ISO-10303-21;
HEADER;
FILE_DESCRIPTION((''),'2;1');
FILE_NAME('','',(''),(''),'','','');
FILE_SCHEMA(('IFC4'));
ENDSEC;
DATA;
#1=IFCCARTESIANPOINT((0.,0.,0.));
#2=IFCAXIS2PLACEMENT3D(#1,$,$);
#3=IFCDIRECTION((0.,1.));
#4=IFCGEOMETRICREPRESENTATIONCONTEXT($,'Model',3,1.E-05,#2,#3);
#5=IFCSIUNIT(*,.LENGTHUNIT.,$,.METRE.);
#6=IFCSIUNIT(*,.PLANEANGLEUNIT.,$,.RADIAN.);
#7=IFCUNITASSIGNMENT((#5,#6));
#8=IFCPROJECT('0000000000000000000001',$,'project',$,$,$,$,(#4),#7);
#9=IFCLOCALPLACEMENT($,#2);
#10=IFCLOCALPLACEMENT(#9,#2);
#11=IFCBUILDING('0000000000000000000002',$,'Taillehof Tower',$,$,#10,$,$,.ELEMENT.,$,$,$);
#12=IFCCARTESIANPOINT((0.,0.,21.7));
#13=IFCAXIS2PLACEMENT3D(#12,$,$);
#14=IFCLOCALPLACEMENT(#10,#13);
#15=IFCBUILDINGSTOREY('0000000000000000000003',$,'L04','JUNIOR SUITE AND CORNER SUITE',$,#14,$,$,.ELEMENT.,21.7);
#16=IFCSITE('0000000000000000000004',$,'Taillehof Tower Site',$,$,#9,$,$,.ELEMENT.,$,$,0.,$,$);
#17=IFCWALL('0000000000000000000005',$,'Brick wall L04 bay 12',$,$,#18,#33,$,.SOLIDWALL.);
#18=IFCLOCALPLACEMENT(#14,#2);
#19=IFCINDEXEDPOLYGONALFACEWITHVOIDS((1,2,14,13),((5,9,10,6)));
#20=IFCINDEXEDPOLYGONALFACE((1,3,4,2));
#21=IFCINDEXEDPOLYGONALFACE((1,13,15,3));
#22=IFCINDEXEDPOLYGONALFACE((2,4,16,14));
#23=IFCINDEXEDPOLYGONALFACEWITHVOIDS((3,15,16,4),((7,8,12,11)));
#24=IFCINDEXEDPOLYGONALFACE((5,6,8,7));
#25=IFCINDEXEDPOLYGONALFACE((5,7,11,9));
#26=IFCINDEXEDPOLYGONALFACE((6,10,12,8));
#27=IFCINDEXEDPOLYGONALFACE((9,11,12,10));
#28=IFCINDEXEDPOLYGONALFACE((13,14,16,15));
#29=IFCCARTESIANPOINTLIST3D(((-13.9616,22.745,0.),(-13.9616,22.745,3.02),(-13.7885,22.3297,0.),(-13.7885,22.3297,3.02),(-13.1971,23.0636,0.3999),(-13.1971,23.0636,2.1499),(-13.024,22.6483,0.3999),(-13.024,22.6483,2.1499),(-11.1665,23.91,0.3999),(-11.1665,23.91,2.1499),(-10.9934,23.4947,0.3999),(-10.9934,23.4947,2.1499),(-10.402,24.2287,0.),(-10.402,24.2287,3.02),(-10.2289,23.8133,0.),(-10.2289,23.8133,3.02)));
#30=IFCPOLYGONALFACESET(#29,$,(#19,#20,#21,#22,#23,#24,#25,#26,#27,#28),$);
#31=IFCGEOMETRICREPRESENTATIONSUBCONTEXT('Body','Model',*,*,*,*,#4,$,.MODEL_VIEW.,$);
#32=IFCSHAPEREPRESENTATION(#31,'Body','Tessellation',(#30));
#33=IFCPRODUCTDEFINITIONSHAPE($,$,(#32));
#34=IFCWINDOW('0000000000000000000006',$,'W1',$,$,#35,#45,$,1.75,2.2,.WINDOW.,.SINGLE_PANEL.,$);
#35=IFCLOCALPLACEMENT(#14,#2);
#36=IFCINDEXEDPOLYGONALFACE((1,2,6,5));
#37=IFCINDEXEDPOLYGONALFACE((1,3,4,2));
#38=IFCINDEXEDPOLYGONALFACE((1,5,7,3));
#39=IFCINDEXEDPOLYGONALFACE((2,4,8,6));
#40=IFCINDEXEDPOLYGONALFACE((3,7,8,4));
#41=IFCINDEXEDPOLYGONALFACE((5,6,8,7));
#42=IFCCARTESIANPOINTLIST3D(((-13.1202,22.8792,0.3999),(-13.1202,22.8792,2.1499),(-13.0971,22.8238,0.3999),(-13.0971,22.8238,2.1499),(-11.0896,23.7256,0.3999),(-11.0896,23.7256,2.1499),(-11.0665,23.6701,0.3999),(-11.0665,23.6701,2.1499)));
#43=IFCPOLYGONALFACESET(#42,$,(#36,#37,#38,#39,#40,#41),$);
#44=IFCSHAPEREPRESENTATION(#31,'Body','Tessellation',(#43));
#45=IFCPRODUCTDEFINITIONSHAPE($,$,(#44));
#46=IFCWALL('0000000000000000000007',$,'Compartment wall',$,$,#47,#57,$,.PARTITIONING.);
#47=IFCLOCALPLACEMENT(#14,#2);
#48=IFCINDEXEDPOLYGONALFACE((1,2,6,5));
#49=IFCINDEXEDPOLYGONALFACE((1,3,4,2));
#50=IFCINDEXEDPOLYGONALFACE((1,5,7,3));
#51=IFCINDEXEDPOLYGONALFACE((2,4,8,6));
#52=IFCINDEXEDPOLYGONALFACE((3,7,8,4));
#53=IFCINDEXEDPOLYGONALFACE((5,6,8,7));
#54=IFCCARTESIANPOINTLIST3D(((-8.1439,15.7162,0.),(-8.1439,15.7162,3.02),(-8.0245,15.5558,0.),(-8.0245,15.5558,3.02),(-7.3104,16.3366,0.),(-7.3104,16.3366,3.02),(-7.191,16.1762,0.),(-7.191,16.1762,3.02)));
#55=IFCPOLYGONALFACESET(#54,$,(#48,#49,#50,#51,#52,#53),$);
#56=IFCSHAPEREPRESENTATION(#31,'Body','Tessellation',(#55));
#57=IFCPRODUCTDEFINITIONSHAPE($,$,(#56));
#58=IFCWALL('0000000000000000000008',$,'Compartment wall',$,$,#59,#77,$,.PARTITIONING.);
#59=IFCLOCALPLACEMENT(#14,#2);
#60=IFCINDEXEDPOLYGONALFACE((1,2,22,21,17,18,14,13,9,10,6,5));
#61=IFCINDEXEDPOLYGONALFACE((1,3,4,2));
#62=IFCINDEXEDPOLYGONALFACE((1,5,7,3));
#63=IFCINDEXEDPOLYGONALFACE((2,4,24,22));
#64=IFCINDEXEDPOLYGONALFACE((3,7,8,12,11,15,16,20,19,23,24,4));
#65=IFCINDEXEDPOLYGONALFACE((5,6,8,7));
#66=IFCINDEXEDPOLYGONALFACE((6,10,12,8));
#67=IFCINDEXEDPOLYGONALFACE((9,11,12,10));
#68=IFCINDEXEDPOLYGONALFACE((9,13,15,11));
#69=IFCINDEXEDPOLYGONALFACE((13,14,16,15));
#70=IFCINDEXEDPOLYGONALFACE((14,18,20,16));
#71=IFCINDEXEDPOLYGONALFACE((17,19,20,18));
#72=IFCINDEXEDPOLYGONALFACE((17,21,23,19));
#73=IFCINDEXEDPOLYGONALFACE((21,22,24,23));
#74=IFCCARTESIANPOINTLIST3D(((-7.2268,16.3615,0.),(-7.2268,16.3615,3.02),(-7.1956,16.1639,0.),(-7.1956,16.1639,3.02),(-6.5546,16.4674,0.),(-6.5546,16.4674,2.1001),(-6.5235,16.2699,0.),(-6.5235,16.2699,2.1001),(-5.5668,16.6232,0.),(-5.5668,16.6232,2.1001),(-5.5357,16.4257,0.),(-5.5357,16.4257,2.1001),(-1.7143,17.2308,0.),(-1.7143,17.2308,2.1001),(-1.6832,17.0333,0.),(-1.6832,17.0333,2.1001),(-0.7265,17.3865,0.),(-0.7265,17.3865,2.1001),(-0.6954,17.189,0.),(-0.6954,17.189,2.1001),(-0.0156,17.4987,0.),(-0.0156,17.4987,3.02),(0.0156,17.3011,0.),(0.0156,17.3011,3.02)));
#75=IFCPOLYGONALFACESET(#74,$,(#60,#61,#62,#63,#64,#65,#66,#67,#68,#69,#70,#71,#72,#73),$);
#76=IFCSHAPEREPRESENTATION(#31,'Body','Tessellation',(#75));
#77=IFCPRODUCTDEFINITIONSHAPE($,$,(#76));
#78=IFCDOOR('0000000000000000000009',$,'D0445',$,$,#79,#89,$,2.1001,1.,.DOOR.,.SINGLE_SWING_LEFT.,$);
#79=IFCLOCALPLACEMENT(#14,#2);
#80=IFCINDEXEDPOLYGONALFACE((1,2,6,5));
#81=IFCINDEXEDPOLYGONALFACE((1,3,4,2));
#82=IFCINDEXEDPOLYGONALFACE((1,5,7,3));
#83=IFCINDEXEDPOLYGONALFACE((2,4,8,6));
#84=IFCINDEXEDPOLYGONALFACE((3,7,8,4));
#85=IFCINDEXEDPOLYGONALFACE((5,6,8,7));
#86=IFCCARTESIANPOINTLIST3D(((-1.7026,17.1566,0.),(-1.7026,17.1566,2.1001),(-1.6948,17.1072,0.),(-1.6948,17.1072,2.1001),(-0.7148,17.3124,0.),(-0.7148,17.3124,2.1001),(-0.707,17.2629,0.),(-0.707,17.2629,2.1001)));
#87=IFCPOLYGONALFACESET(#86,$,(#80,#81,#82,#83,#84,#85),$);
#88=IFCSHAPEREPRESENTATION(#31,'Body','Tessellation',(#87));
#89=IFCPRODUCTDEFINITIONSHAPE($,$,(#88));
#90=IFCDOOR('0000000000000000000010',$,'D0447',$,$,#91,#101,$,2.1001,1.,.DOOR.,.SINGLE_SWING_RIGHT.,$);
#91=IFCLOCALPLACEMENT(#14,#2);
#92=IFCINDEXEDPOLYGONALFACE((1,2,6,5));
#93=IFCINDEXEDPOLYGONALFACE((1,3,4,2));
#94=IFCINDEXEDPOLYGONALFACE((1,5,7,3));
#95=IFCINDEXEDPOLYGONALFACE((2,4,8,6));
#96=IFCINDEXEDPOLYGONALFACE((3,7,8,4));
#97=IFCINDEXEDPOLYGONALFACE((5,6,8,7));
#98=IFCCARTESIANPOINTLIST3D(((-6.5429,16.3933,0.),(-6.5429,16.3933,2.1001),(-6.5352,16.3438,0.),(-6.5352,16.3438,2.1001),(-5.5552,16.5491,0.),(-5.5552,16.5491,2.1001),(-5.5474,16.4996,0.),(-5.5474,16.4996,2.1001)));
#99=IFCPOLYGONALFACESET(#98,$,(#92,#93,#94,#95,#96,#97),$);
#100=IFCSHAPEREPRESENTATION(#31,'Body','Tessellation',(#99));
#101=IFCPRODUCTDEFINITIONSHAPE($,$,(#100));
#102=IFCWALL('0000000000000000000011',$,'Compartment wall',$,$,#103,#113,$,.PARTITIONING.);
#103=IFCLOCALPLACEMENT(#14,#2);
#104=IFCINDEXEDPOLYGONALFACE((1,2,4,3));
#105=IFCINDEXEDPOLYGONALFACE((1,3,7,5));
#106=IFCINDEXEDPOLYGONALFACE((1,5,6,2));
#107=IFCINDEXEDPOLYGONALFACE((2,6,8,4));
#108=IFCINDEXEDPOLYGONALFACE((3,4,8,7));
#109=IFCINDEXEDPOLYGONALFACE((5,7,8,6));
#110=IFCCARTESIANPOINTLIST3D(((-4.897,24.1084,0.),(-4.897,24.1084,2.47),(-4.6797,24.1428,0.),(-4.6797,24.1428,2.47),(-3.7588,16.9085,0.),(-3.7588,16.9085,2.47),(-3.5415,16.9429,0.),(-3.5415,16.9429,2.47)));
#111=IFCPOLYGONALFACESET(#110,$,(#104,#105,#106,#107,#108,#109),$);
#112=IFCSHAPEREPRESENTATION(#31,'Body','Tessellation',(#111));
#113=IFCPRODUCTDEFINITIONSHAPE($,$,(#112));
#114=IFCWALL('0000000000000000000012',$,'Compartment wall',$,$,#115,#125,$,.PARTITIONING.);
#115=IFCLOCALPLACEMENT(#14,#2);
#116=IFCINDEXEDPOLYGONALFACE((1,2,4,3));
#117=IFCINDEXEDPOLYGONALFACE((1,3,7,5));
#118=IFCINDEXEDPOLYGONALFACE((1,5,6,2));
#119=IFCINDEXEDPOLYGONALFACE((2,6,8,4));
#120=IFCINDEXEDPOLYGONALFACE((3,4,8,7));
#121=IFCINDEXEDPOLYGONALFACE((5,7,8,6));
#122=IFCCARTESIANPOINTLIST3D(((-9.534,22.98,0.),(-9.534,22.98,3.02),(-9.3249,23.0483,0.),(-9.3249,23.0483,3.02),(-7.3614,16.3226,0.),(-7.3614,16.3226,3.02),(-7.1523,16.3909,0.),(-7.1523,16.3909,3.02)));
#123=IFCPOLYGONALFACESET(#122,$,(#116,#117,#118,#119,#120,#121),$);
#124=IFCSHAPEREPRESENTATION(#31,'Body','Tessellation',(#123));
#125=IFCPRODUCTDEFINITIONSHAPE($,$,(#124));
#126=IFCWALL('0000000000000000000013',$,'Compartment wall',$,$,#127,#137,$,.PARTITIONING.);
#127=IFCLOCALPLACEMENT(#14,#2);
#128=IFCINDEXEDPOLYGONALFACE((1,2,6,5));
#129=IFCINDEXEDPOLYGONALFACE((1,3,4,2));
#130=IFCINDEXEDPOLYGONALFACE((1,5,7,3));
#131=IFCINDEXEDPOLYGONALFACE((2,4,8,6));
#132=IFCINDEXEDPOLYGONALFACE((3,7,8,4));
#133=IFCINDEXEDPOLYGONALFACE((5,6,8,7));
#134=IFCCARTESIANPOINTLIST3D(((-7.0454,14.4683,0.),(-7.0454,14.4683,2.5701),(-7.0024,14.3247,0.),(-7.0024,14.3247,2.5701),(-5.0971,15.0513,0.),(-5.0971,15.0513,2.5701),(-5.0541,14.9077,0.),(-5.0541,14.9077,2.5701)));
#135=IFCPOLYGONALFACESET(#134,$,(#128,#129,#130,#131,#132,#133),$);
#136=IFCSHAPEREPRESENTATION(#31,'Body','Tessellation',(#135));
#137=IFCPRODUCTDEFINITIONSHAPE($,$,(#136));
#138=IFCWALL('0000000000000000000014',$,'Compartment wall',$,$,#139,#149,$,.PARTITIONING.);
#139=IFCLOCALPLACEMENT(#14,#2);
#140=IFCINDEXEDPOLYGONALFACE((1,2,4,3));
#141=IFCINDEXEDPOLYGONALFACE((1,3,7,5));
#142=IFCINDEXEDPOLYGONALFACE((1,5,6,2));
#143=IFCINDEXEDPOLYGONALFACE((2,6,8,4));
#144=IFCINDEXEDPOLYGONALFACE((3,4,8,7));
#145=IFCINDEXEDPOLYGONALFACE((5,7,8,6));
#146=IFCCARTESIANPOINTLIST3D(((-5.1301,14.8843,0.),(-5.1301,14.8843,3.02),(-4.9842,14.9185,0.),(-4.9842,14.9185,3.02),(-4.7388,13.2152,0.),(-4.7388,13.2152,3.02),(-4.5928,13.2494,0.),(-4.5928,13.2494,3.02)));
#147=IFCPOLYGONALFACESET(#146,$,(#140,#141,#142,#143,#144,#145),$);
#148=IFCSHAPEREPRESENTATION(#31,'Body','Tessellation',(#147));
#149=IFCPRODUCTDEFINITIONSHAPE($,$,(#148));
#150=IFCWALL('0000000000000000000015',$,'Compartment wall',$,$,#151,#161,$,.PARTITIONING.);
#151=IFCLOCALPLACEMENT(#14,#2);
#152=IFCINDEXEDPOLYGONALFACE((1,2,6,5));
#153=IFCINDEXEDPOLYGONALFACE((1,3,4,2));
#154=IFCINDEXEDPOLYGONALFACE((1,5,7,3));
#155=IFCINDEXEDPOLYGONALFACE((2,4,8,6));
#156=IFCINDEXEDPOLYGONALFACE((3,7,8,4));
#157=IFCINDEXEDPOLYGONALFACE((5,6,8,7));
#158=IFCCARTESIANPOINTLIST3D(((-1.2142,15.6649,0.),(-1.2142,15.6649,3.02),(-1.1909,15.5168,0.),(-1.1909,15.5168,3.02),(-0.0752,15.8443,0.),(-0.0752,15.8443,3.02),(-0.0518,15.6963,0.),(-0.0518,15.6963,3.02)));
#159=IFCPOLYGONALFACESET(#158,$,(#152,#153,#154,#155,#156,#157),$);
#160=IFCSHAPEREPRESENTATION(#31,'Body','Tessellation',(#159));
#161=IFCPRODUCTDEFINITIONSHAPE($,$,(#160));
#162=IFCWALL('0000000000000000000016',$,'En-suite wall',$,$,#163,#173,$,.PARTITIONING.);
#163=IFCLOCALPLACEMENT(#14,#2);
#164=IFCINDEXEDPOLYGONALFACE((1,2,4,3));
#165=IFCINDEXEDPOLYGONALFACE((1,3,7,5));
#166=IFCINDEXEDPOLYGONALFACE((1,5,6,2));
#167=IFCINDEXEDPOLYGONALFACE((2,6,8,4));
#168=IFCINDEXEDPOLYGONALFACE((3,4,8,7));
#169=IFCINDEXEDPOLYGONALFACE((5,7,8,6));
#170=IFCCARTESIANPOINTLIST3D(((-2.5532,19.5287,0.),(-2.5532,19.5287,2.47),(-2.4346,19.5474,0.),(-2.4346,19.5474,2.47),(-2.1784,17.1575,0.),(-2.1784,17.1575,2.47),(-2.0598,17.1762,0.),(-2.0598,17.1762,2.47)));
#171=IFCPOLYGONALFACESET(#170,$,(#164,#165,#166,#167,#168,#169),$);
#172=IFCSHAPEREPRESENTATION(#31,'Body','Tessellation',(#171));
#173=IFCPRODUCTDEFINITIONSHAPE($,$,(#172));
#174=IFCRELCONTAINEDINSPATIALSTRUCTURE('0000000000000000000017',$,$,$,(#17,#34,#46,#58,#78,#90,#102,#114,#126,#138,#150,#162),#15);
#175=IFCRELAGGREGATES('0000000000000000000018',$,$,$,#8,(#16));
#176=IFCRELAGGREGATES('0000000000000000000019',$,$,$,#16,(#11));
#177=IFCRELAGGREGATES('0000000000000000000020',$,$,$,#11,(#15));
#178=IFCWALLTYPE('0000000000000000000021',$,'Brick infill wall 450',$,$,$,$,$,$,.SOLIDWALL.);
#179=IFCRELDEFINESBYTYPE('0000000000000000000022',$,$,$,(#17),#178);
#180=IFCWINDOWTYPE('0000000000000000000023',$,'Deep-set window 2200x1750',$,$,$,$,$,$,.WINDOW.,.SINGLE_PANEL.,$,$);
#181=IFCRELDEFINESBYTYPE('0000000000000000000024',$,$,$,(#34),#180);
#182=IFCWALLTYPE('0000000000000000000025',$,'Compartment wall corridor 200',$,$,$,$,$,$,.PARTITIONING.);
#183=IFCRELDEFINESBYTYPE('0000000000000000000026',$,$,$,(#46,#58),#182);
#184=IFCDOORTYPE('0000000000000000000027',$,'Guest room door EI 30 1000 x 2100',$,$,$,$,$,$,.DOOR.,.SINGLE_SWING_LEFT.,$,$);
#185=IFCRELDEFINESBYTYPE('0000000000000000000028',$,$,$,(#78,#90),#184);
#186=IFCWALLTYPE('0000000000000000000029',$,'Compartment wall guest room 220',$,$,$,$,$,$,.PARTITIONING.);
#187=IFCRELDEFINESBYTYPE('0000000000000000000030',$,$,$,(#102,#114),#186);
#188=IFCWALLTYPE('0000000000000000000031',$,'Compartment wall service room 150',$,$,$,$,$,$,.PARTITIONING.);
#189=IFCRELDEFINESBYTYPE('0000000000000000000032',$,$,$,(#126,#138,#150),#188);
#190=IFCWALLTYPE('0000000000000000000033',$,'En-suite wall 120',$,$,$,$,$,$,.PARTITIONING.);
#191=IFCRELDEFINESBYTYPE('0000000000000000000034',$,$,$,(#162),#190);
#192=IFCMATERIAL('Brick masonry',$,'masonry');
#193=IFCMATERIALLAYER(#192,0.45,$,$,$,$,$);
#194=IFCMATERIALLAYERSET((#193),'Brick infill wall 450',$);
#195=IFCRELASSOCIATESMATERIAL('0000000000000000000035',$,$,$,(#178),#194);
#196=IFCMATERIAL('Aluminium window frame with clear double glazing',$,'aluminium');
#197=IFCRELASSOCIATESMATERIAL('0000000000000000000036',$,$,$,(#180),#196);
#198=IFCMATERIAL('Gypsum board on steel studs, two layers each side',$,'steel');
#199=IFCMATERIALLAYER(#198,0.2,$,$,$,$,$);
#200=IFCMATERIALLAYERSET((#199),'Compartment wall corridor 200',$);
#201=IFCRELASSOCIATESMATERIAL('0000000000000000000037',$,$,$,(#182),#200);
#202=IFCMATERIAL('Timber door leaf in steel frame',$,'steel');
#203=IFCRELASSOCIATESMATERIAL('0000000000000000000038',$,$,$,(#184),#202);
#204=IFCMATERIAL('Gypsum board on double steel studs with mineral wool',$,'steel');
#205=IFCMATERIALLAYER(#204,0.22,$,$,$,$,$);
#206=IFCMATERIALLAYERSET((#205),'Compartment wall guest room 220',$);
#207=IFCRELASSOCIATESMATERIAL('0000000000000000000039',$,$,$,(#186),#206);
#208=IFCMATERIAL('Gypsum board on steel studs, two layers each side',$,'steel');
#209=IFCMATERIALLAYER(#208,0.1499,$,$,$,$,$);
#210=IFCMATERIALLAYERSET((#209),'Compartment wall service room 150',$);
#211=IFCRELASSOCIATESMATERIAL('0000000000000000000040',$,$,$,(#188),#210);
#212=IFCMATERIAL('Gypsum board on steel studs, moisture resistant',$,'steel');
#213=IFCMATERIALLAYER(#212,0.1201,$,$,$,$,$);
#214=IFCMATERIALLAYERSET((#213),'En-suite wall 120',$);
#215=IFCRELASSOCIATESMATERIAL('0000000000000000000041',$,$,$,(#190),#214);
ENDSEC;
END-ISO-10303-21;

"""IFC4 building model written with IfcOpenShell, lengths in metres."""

from ifc_helpers import new_model, si_unit, direction, frame, frame_2d, origin, place, context, subcontext, project, spatial, rectangle, extrude, material, layer, layer_set, type_object, element, fill, save


model = new_model("IFC4")

# Units and contexts
model_context = context("Model", 3, precision=1e-05, world=origin(), true_north=direction((0.0, 1.0)))
body_context = subcontext(model_context, "Body", "Model", "MODEL_VIEW")
ifc_project = project(units=[si_unit("LENGTHUNIT", "METRE"), si_unit("PLANEANGLEUNIT", "RADIAN")], contexts=[model_context])

# Site, building, storey
site_placement = place(None, origin())
site = spatial("IfcSite", under=ifc_project, at=site_placement, Name="Taillehof Tower Site", CompositionType="ELEMENT", RefElevation=0.0)
building_placement = place(site_placement, origin())
building = spatial("IfcBuilding", under=site, at=building_placement, Name="Taillehof Tower", CompositionType="ELEMENT")
storey_placement = place(building_placement, frame((0.0, 0.0, 21.7)))
storey = spatial("IfcBuildingStorey", under=building, at=storey_placement, Name="L04", Description="JUNIOR SUITE AND CORNER SUITE", CompositionType="ELEMENT", Elevation=21.7)

# Wall, opening, window
ifc_material_1 = material(Name="Brick masonry", Category="masonry")
ifc_layer_1 = layer(ifc_material_1, 0.45)
ifc_layer_set_1 = layer_set([ifc_layer_1], Name="Brick infill wall 450")
wall_type_1 = type_object("IfcWallType", Name="Brick infill wall 450", PredefinedType="SOLIDWALL", material=ifc_layer_set_1)
ifc_material_2 = material(Name="Aluminium window frame with clear double glazing", Category="aluminium")
window_type = type_object("IfcWindowType", Name="Deep-set window 2200x1750", PartitioningType="SINGLE_PANEL", PredefinedType="WINDOW", material=ifc_material_2)
wall_1_placement = place(storey_placement, frame((-10.3154, 24.021, 0.0), z_axis=(0.0, 0.0, 1.0), x_axis=(-0.923032, -0.384723, 0.0)))
wall_1 = element("IfcWall", 1, at=wall_1_placement, inside=storey, type_object=wall_type_1, Name="Brick wall L04 bay 12", PredefinedType="SOLIDWALL", context=body_context, shape_type="SweptSolid", body=[
    extrude(rectangle(XDim=3.8564, YDim=0.45, at=frame_2d((1.9282, 0.0))), origin(), (0.0, 0.0, 1.0), 3.02),
])
opening_1_placement = place(wall_1_placement, frame((0.8281, 0.0, 0.3999)))
opening_1 = element("IfcOpeningElement", 2, at=opening_1_placement, cuts=wall_1, PredefinedType="OPENING", context=body_context, shape_type="SweptSolid", body=[
    extrude(rectangle(XDim=2.2, YDim=1.75, at=frame_2d((1.1001, 0.875))), frame((0.0, 0.2349, 0.0), z_axis=(0.0, -1.0, 0.0), x_axis=(1.0, 0.0, 0.0)), (0.0, 0.0, 1.0), 0.47),
])
window_1_placement = place(opening_1_placement, origin())
window_1 = element("IfcWindow", 3, at=window_1_placement, inside=storey, type_object=window_type, Name="W1", OverallHeight=1.75, OverallWidth=2.2, PartitioningType="SINGLE_PANEL", PredefinedType="WINDOW", context=body_context, shape_type="SweptSolid", body=[
    extrude(rectangle(XDim=2.2, YDim=1.75, at=frame_2d((1.1001, 0.875))), frame((0.0, 0.0349, 0.0), z_axis=(0.0, -1.0, 0.0), x_axis=(1.0, 0.0, 0.0)), (0.0, 0.0, 1.0), 0.0601),
])
fill(opening_1, window_1)

# Wall
ifc_material_3 = material(Name="Gypsum board on steel studs, two layers each side", Category="steel")
ifc_layer_2 = layer(ifc_material_3, 0.2)
ifc_layer_set_2 = layer_set([ifc_layer_2], Name="Compartment wall corridor 200")
wall_type_2 = type_object("IfcWallType", Name="Compartment wall corridor 200", PredefinedType="PARTITIONING", material=ifc_layer_set_2)
wall_2_placement = place(storey_placement, frame((-8.0842, 15.636, 0.0), z_axis=(0.0, 0.0, 1.0), x_axis=(0.802194, 0.597064, 0.0)))
element("IfcWall", 4, at=wall_2_placement, inside=storey, type_object=wall_type_2, Name="Compartment wall", PredefinedType="PARTITIONING", context=body_context, shape_type="SweptSolid", body=[
    extrude(rectangle(XDim=1.0391, YDim=0.2, at=frame_2d((0.5195, 0.0))), origin(), (0.0, 0.0, 1.0), 3.02),
])

# Wall, openings, doors
wall_3_placement = place(storey_placement, frame((-7.2112, 16.2627, 0.0), z_axis=(0.0, 0.0, 1.0), x_axis=(0.987793, 0.155775, 0.0)))
wall_3 = element("IfcWall", 5, at=wall_3_placement, inside=storey, type_object=wall_type_2, Name="Compartment wall", PredefinedType="PARTITIONING", context=body_context, shape_type="SweptSolid", body=[
    extrude(rectangle(XDim=7.3003, YDim=0.2, at=frame_2d((3.6501, 0.0))), origin(), (0.0, 0.0, 1.0), 3.02),
])
opening_2_placement = place(wall_3_placement, frame((5.5806, 0.0, 0.0)))
opening_2 = element("IfcOpeningElement", 6, at=opening_2_placement, cuts=wall_3, PredefinedType="OPENING", context=body_context, shape_type="SweptSolid", body=[
    extrude(rectangle(XDim=1.0, YDim=2.1001, at=frame_2d((0.5, 1.05))), frame((0.0, 0.1099, 0.0), z_axis=(0.0, -1.0, 0.0), x_axis=(1.0, 0.0, 0.0)), (0.0, 0.0, 1.0), 0.22),
])
opening_3_placement = place(wall_3_placement, frame((0.6804, 0.0, 0.0)))
opening_3 = element("IfcOpeningElement", 7, at=opening_3_placement, cuts=wall_3, PredefinedType="OPENING", context=body_context, shape_type="SweptSolid", body=[
    extrude(rectangle(XDim=1.0, YDim=2.1001, at=frame_2d((0.5, 1.05))), frame((0.0, 0.1099, 0.0), z_axis=(0.0, -1.0, 0.0), x_axis=(1.0, 0.0, 0.0)), (0.0, 0.0, 1.0), 0.22),
])
ifc_material_4 = material(Name="Timber door leaf in steel frame", Category="steel")
door_type_1 = type_object("IfcDoorType", Name="Guest room door EI 30 1000 x 2100", OperationType="SINGLE_SWING_LEFT", PredefinedType="DOOR", material=ifc_material_4)
door_1_placement = place(opening_2_placement, origin())
door_1 = element("IfcDoor", 8, at=door_1_placement, inside=storey, type_object=door_type_1, Name="D0445", OperationType="SINGLE_SWING_LEFT", OverallHeight=2.1001, OverallWidth=1.0, PredefinedType="DOOR", context=body_context, shape_type="SweptSolid", body=[
    extrude(rectangle(XDim=1.0, YDim=2.1001, at=frame_2d((0.5, 1.05))), frame((0.0, 0.0249, 0.0), z_axis=(0.0, -1.0, 0.0), x_axis=(1.0, 0.0, 0.0)), (0.0, 0.0, 1.0), 0.05),
])
fill(opening_2, door_1)
door_2_placement = place(opening_3_placement, origin())
door_2 = element("IfcDoor", 9, at=door_2_placement, inside=storey, type_object=door_type_1, Name="D0447", OperationType="SINGLE_SWING_RIGHT", OverallHeight=2.1001, OverallWidth=1.0, PredefinedType="DOOR", context=body_context, shape_type="SweptSolid", body=[
    extrude(rectangle(XDim=1.0, YDim=2.1001, at=frame_2d((0.5, 1.05))), frame((0.0, 0.0249, 0.0), z_axis=(0.0, -1.0, 0.0), x_axis=(1.0, 0.0, 0.0)), (0.0, 0.0, 1.0), 0.05),
])
fill(opening_3, door_2)

# Walls
ifc_material_5 = material(Name="Gypsum board on double steel studs with mineral wool", Category="steel")
ifc_layer_3 = layer(ifc_material_5, 0.22)
ifc_layer_set_3 = layer_set([ifc_layer_3], Name="Compartment wall guest room 220")
wall_type_3 = type_object("IfcWallType", Name="Compartment wall guest room 220", PredefinedType="PARTITIONING", material=ifc_layer_set_3)
wall_4_placement = place(storey_placement, frame((-4.7883, 24.1255, 0.0), z_axis=(0.0, 0.0, 1.0), x_axis=(0.156143, -0.987734, 0.0)))
element("IfcWall", 10, at=wall_4_placement, inside=storey, type_object=wall_type_3, Name="Compartment wall", PredefinedType="PARTITIONING", context=body_context, shape_type="SweptSolid", body=[
    extrude(rectangle(XDim=7.2893, YDim=0.22, at=frame_2d((3.6445, 0.0))), origin(), (0.0, 0.0, 1.0), 2.47),
])
wall_5_placement = place(storey_placement, frame((-9.4294, 23.0142, 0.0), z_axis=(0.0, 0.0, 1.0), x_axis=(0.310239, -0.950659, 0.0)))
element("IfcWall", 11, at=wall_5_placement, inside=storey, type_object=wall_type_3, Name="Compartment wall", PredefinedType="PARTITIONING", context=body_context, shape_type="SweptSolid", body=[
    extrude(rectangle(XDim=7.0029, YDim=0.22, at=frame_2d((3.5015, 0.0))), origin(), (0.0, 0.0, 1.0), 3.02),
])
ifc_material_6 = material(Name="Gypsum board on steel studs, two layers each side", Category="steel")
ifc_layer_4 = layer(ifc_material_6, 0.1499)
ifc_layer_set_4 = layer_set([ifc_layer_4], Name="Compartment wall service room 150")
wall_type_4 = type_object("IfcWallType", Name="Compartment wall service room 150", PredefinedType="PARTITIONING", material=ifc_layer_set_4)
wall_6_placement = place(storey_placement, frame((-7.0239, 14.3965, 0.0), z_axis=(0.0, 0.0, 1.0), x_axis=(0.958024, 0.286687, 0.0)))
element("IfcWall", 12, at=wall_6_placement, inside=storey, type_object=wall_type_4, Name="Compartment wall", PredefinedType="PARTITIONING", context=body_context, shape_type="SweptSolid", body=[
    extrude(rectangle(XDim=2.0337, YDim=0.1499, at=frame_2d((1.0168, 0.0))), origin(), (0.0, 0.0, 1.0), 2.5701),
])
wall_7_placement = place(storey_placement, frame((-5.0571, 14.9014, 0.0), z_axis=(0.0, 0.0, 1.0), x_axis=(0.228269, -0.973598, 0.0)))
element("IfcWall", 13, at=wall_7_placement, inside=storey, type_object=wall_type_4, Name="Compartment wall", PredefinedType="PARTITIONING", context=body_context, shape_type="SweptSolid", body=[
    extrude(rectangle(XDim=1.7144, YDim=0.1499, at=frame_2d((0.8572, 0.0))), origin(), (0.0, 0.0, 1.0), 3.02),
])
wall_8_placement = place(storey_placement, frame((-1.2026, 15.5908, 0.0), z_axis=(0.0, 0.0, 1.0), x_axis=(0.987814, 0.155636, 0.0)))
element("IfcWall", 14, at=wall_8_placement, inside=storey, type_object=wall_type_4, Name="Compartment wall", PredefinedType="PARTITIONING", context=body_context, shape_type="SweptSolid", body=[
    extrude(rectangle(XDim=1.1531, YDim=0.1499, at=frame_2d((0.5767, 0.0))), origin(), (0.0, 0.0, 1.0), 3.02),
])
ifc_material_7 = material(Name="Gypsum board on steel studs, moisture resistant", Category="steel")
ifc_layer_5 = layer(ifc_material_7, 0.1201)
ifc_layer_set_5 = layer_set([ifc_layer_5], Name="En-suite wall 120")
wall_type_5 = type_object("IfcWallType", Name="En-suite wall 120", PredefinedType="PARTITIONING", material=ifc_layer_set_5)
wall_9_placement = place(storey_placement, frame((-2.1191, 17.167, 0.0), z_axis=(0.0, 0.0, 1.0), x_axis=(-0.156114, 0.987739, 0.0)))
element("IfcWall", 15, at=wall_9_placement, inside=storey, type_object=wall_type_5, Name="En-suite wall", PredefinedType="PARTITIONING", context=body_context, shape_type="SweptSolid", body=[
    extrude(rectangle(XDim=2.4006, YDim=0.1201, at=frame_2d((1.2002, 0.0))), origin(), (0.0, 0.0, 1.0), 2.47),
])

save(model, "model.ifc")
